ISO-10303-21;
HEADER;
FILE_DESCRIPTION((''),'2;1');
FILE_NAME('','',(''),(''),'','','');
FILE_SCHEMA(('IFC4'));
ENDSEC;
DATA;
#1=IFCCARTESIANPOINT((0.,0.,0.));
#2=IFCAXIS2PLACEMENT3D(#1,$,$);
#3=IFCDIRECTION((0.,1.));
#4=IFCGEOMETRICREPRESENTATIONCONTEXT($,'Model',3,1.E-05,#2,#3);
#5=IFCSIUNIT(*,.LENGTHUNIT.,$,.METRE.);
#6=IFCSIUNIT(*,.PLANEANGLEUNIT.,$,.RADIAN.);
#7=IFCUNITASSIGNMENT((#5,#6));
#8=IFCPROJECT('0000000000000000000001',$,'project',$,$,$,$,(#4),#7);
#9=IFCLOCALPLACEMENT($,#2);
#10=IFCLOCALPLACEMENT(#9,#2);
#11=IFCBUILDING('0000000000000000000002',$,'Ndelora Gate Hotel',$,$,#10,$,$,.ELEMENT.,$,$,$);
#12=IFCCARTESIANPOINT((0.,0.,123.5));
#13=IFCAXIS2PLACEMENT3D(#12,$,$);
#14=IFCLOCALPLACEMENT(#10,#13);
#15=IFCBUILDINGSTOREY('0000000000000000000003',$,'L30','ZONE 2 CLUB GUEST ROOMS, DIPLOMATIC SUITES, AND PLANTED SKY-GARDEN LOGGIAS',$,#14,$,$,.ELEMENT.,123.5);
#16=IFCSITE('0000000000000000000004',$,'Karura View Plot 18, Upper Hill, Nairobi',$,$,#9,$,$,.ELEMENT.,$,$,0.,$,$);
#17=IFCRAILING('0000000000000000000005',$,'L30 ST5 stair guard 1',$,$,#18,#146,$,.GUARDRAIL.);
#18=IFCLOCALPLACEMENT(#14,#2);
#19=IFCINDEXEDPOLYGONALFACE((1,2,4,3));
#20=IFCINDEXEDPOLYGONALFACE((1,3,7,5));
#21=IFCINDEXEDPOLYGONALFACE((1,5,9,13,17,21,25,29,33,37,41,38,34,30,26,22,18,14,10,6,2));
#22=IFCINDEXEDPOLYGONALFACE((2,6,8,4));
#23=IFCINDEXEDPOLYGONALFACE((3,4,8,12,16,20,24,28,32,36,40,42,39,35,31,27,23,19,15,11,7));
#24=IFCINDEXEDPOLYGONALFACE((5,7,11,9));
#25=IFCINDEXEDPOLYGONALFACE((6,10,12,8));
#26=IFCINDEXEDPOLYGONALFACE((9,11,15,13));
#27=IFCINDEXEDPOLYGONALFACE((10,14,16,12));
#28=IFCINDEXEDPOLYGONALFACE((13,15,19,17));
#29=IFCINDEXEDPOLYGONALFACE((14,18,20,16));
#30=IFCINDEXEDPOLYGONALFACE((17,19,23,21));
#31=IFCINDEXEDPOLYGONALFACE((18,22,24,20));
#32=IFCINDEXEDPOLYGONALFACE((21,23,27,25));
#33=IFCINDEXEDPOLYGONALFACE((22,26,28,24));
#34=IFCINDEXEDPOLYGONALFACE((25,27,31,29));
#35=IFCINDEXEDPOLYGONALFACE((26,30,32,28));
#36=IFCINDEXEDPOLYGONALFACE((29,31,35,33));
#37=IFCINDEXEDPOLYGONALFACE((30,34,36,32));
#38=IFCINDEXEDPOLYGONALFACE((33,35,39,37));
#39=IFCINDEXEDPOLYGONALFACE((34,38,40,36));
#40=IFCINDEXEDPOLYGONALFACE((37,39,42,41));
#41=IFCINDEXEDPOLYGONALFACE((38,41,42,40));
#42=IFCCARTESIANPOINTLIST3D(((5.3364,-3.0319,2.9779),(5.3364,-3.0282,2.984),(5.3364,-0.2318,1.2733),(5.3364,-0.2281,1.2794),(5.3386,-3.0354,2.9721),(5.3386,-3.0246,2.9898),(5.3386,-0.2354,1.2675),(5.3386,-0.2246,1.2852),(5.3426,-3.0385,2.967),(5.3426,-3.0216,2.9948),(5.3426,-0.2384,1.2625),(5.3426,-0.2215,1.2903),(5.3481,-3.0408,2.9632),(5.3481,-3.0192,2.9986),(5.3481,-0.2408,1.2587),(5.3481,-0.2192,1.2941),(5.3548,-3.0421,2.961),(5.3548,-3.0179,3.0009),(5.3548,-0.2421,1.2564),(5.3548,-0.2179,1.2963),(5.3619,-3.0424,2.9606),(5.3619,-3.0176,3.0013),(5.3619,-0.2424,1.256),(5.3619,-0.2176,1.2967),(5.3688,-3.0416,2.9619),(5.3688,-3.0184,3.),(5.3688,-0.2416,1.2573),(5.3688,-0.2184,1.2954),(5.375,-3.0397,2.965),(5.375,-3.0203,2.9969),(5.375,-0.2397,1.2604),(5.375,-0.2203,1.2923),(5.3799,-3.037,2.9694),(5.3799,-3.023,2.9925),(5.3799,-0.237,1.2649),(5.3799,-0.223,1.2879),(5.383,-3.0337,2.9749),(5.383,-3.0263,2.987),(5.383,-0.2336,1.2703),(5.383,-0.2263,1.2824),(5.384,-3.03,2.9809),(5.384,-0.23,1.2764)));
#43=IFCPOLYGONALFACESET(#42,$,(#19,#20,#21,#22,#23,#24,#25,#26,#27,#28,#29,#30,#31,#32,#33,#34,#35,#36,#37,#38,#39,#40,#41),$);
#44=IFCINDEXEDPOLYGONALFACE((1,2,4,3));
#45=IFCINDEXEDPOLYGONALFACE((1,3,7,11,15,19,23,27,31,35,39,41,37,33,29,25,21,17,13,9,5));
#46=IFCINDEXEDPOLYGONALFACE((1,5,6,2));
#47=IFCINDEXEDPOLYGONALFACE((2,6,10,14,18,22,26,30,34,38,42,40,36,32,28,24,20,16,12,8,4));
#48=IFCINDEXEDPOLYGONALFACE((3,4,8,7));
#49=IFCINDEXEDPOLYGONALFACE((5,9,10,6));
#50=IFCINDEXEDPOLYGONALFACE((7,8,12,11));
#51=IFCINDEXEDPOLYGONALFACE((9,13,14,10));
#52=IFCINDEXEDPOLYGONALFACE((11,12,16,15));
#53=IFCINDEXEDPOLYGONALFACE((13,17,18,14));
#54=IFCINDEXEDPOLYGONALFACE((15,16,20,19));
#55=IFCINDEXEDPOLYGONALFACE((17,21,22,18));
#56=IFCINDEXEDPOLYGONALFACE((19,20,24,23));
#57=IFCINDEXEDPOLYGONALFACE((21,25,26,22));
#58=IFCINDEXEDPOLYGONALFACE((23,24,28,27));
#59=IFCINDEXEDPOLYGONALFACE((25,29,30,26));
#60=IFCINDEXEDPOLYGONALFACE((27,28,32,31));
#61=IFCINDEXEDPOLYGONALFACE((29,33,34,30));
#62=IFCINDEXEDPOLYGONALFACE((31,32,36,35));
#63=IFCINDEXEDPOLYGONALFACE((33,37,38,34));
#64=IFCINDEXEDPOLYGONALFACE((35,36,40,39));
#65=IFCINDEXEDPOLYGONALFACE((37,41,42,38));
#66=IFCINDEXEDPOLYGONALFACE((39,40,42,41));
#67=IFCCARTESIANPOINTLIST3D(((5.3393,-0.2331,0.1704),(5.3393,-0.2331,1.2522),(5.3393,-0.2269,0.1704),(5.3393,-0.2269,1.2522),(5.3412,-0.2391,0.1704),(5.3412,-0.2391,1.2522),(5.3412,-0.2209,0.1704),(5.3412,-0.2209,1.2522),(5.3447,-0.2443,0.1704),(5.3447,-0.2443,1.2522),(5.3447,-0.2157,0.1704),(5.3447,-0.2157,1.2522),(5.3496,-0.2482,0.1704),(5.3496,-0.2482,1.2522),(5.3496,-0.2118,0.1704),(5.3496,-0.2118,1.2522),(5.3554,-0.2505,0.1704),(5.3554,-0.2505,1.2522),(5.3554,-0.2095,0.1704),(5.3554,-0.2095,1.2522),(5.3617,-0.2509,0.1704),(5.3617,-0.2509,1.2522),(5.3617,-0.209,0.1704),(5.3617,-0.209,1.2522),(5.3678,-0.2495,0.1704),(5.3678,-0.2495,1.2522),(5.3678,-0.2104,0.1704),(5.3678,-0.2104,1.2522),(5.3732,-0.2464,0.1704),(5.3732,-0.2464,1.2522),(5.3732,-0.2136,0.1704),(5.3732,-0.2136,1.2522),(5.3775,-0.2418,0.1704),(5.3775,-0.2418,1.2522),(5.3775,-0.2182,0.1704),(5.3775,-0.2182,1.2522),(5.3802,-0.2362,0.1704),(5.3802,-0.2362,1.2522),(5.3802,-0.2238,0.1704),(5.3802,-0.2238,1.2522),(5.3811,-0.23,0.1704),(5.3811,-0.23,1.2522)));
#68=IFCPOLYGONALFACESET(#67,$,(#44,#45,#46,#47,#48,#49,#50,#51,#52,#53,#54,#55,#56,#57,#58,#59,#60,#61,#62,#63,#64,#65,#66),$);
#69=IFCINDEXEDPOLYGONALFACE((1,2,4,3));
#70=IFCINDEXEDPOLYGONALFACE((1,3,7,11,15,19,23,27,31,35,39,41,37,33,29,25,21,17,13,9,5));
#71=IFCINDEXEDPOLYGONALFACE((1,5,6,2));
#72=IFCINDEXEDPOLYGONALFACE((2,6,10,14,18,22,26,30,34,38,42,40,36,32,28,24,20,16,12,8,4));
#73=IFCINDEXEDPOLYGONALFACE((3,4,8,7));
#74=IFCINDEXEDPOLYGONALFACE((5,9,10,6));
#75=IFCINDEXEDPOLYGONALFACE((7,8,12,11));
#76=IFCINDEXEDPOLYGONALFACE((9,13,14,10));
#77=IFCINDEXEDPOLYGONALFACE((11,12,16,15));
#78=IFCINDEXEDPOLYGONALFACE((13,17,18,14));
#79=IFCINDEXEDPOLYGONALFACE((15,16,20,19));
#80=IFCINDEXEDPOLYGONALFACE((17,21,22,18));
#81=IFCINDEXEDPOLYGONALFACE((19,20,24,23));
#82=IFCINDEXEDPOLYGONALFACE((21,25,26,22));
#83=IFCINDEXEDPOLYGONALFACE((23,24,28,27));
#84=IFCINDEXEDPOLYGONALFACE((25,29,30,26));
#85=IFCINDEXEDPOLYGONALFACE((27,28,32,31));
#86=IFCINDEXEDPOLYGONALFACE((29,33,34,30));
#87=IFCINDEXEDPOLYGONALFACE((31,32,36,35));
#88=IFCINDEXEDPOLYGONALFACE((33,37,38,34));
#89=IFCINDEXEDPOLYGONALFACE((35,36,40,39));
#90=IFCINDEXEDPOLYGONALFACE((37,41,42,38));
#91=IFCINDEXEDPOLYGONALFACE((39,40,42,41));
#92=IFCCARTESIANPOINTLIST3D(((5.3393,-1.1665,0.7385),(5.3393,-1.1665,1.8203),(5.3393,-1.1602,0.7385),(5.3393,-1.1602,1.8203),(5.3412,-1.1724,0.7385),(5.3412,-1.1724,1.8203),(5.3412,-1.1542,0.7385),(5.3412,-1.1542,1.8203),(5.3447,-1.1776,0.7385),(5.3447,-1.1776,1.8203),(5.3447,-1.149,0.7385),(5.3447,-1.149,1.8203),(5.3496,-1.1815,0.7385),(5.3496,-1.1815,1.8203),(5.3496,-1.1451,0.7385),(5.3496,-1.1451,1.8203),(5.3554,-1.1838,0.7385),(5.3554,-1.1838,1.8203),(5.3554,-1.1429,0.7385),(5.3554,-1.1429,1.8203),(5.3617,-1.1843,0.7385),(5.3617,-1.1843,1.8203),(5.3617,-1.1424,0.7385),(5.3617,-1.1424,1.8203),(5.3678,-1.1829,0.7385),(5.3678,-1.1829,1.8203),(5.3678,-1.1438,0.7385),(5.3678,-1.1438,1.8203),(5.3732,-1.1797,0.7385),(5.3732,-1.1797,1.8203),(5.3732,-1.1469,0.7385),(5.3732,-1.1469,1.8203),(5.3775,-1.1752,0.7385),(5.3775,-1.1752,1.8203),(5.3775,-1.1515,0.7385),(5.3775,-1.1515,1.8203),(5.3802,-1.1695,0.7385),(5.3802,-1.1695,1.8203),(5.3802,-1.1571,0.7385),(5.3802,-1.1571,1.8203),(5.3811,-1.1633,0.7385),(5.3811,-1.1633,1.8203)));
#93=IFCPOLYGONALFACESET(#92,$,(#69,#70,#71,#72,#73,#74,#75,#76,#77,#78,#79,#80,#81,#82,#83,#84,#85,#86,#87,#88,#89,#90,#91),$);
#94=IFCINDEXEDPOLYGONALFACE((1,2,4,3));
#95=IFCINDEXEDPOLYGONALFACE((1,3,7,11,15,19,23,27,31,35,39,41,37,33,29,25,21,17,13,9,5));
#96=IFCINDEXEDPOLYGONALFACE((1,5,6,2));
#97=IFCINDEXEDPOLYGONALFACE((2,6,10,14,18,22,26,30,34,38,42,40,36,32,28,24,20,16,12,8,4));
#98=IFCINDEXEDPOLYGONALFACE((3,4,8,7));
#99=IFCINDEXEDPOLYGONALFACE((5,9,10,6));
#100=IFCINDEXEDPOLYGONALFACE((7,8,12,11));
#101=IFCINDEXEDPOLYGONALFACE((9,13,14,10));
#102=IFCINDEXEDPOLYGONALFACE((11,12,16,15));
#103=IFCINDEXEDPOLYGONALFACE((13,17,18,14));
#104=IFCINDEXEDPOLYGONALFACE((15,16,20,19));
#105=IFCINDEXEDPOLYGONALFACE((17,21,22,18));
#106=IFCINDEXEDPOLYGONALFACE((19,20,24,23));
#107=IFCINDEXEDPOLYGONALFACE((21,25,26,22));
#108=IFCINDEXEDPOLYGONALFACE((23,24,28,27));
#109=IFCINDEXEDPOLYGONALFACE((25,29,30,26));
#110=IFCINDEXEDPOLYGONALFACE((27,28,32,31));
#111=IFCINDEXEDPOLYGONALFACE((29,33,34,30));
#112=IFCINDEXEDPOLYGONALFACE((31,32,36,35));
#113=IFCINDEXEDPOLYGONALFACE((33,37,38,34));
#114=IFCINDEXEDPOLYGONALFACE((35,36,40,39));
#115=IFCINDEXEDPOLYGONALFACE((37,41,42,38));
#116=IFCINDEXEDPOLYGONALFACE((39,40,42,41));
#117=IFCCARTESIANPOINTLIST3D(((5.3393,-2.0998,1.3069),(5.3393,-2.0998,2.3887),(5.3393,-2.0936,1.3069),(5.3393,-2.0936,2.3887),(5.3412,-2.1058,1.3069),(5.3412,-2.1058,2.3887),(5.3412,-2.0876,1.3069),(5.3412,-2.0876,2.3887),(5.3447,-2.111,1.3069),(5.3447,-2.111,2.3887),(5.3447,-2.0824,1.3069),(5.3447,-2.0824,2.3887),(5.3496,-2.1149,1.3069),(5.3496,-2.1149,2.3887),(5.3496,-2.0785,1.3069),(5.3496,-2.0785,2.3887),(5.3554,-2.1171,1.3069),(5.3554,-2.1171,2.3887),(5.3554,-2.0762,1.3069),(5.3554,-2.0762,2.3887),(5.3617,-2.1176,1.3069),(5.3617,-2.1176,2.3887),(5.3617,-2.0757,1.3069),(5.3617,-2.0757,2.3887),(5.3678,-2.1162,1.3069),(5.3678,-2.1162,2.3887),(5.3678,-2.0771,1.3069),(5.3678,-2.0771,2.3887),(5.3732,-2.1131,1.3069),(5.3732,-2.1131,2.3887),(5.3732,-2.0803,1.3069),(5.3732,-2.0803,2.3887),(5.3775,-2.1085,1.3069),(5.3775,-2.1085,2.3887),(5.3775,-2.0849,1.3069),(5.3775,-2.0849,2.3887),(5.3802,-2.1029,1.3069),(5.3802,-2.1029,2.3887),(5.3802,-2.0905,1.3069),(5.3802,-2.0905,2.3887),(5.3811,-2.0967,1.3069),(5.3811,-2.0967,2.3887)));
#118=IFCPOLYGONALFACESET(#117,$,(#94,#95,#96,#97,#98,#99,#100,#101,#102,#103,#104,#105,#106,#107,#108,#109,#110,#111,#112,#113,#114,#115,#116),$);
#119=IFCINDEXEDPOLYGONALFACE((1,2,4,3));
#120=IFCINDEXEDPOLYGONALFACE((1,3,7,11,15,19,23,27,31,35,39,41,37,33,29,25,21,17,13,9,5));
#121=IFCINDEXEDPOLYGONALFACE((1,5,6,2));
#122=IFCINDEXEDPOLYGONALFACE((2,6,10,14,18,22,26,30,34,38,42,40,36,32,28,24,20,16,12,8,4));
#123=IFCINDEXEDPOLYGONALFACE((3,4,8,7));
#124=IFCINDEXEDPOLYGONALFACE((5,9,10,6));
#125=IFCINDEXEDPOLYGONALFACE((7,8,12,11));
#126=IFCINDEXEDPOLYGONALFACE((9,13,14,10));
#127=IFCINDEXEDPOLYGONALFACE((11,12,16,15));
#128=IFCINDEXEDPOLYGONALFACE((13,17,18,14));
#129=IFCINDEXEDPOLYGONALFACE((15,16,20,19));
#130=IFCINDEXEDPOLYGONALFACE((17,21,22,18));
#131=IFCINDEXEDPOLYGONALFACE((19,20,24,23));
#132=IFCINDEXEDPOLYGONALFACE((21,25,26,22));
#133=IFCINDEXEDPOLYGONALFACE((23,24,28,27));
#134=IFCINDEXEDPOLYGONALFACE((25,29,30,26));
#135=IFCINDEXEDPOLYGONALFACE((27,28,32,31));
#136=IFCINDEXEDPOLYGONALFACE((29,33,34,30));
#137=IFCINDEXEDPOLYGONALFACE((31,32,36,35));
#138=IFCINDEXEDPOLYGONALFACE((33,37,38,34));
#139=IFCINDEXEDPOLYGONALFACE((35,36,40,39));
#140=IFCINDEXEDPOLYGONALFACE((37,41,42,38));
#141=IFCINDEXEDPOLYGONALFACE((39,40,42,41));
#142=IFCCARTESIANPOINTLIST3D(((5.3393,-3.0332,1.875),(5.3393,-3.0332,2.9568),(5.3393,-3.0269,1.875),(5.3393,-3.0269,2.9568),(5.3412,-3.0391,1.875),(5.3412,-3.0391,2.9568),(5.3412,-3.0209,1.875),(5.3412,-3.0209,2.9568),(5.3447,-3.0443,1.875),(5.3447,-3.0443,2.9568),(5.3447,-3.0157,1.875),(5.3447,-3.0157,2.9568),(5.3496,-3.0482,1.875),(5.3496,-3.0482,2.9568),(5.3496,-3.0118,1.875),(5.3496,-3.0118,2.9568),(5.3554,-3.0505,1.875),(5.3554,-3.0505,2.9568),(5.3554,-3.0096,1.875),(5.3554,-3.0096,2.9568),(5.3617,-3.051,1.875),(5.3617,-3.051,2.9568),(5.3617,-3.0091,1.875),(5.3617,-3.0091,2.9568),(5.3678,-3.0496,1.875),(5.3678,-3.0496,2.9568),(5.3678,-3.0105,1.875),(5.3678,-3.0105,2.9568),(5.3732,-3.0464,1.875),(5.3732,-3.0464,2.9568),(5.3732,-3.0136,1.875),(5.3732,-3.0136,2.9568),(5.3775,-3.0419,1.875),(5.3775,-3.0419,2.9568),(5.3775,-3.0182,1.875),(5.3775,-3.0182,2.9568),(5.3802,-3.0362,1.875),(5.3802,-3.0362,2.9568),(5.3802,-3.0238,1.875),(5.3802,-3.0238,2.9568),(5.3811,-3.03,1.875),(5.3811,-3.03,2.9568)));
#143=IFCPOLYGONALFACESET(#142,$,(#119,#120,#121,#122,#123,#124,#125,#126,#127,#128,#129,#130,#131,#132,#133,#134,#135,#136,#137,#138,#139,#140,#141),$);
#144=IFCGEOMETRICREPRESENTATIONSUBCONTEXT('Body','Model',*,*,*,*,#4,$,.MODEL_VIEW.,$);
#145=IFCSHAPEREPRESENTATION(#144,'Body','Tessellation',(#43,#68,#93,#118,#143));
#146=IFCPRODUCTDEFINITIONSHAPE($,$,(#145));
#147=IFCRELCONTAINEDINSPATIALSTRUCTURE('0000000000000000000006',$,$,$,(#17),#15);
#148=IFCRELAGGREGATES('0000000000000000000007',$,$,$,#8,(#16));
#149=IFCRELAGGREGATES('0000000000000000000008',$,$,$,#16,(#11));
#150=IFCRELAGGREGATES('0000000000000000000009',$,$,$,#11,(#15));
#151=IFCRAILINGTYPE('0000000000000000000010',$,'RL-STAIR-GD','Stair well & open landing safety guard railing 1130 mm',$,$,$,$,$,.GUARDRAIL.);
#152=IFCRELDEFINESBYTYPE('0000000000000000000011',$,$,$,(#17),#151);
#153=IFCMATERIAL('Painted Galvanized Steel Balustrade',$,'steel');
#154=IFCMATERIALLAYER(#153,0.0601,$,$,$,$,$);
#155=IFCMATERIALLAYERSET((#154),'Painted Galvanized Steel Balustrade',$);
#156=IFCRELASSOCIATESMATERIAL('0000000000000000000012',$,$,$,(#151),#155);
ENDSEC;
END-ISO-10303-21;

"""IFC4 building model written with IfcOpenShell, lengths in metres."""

from ifc_helpers import new_model, si_unit, direction, frame, origin, origin_2d, place, context, subcontext, project, spatial, circle, extrude, material, layer, layer_set, type_object, element, save


model = new_model("IFC4")

# Units and contexts
model_context = context("Model", 3, precision=1e-05, world=origin(), true_north=direction((0.0, 1.0)))
body_context = subcontext(model_context, "Body", "Model", "MODEL_VIEW")
ifc_project = project(units=[si_unit("LENGTHUNIT", "METRE"), si_unit("PLANEANGLEUNIT", "RADIAN")], contexts=[model_context])

# Site, building, storey
site_placement = place(None, origin())
site = spatial("IfcSite", under=ifc_project, at=site_placement, Name="Karura View Plot 18, Upper Hill, Nairobi", CompositionType="ELEMENT", RefElevation=0.0)
building_placement = place(site_placement, origin())
building = spatial("IfcBuilding", under=site, at=building_placement, Name="Ndelora Gate Hotel", CompositionType="ELEMENT")
storey_placement = place(building_placement, frame((0.0, 0.0, 123.5)))
storey = spatial("IfcBuildingStorey", under=building, at=storey_placement, Name="L30", Description="ZONE 2 CLUB GUEST ROOMS, DIPLOMATIC SUITES, AND PLANTED SKY-GARDEN LOGGIAS", CompositionType="ELEMENT", Elevation=123.5)

# Railing
ifc_material_1 = material(Name="Painted Galvanized Steel Balustrade", Category="steel")
ifc_layer_1 = layer(ifc_material_1, 0.0601)
ifc_layer_set_1 = layer_set([ifc_layer_1], Name="Painted Galvanized Steel Balustrade")
railing_type_1 = type_object("IfcRailingType", Name="RL-STAIR-GD", Description="Stair well & open landing safety guard railing 1130 mm", PredefinedType="GUARDRAIL", material=ifc_layer_set_1)
railing_1_placement = place(storey_placement, frame((5.3601, -0.23, 0.1704)))
element("IfcRailing", 1, at=railing_1_placement, inside=storey, type_object=railing_type_1, Name="L30 ST5 stair guard 1", PredefinedType="GUARDRAIL", context=body_context, shape_type="SweptSolid", body=[
    extrude(circle(Radius=0.0239, at=origin_2d()), frame((0.0, 0.0, 1.106), z_axis=(0.0, -0.85417, 0.519994), x_axis=(1.0, 0.0, 0.0)), (0.0, 0.0, 1.0), 3.2781),
    extrude(circle(Radius=0.021, at=origin_2d()), origin(), (0.0, 0.0, 1.0), 1.0818),
    extrude(circle(Radius=0.021, at=origin_2d()), frame((0.0, -0.9333, 0.5681)), (0.0, 0.0, 1.0), 1.0818),
    extrude(circle(Radius=0.021, at=origin_2d()), frame((0.0, -1.8667, 1.1365)), (0.0, 0.0, 1.0), 1.0818),
    extrude(circle(Radius=0.021, at=origin_2d()), frame((0.0, -2.8, 1.7046)), (0.0, 0.0, 1.0), 1.0818),
])

save(model, "model.ifc")
